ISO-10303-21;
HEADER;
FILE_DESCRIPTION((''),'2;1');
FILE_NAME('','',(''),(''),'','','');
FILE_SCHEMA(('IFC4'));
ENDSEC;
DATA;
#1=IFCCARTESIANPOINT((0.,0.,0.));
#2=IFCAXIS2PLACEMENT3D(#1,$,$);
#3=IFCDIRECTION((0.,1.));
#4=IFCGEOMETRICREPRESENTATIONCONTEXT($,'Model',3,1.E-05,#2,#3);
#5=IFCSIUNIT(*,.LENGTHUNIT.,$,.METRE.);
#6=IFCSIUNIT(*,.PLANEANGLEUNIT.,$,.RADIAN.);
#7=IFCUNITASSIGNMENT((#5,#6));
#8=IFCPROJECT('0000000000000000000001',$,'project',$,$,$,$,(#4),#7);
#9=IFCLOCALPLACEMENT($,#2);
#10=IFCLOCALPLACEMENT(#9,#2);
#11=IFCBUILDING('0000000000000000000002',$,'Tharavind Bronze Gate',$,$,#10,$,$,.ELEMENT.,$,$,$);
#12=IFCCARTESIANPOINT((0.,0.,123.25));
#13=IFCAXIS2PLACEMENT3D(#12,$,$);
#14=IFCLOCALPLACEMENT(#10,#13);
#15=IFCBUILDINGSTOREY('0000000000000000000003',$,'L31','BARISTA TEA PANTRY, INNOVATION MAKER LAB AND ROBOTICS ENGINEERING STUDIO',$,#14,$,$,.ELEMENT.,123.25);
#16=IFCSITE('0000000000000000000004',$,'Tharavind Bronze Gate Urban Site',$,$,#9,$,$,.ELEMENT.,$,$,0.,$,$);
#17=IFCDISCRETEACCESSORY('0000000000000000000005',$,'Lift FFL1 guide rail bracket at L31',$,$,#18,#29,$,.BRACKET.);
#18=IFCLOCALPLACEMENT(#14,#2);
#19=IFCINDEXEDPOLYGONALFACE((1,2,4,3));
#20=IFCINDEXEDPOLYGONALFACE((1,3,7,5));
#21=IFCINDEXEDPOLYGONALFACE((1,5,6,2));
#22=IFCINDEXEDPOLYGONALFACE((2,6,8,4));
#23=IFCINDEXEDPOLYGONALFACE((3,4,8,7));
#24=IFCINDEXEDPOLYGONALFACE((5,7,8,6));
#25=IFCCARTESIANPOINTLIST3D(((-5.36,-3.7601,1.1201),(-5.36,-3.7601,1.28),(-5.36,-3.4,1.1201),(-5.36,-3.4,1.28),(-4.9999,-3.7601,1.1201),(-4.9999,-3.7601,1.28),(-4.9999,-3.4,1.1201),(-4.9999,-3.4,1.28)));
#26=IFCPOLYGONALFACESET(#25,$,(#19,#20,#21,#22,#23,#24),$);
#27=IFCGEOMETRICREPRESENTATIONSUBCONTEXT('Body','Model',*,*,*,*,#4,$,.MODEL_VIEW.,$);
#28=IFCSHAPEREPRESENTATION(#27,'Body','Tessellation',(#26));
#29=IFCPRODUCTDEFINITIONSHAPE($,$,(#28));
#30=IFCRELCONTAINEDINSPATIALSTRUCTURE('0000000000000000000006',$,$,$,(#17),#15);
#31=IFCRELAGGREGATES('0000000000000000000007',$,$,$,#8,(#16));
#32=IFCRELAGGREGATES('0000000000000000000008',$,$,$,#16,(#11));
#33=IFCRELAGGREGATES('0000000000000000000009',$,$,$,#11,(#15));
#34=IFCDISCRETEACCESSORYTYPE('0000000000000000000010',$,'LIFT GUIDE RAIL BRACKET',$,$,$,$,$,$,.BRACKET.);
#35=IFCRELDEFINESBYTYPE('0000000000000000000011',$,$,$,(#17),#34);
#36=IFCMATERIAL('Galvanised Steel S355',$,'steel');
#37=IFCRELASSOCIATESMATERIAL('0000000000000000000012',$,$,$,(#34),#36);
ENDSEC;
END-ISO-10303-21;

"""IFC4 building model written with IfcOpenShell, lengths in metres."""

from ifc_helpers import new_model, si_unit, direction, frame, origin, origin_2d, place, context, subcontext, project, spatial, rectangle, extrude, material, type_object, element, save


model = new_model("IFC4")

# Units and contexts
model_context = context("Model", 3, precision=1e-05, world=origin(), true_north=direction((0.0, 1.0)))
body_context = subcontext(model_context, "Body", "Model", "MODEL_VIEW")
ifc_project = project(units=[si_unit("LENGTHUNIT", "METRE"), si_unit("PLANEANGLEUNIT", "RADIAN")], contexts=[model_context])

# Site, building, storey
site_placement = place(None, origin())
site = spatial("IfcSite", under=ifc_project, at=site_placement, Name="Tharavind Bronze Gate Urban Site", CompositionType="ELEMENT", RefElevation=0.0)
building_placement = place(site_placement, origin())
building = spatial("IfcBuilding", under=site, at=building_placement, Name="Tharavind Bronze Gate", CompositionType="ELEMENT")
storey_placement = place(building_placement, frame((0.0, 0.0, 123.25)))
storey = spatial("IfcBuildingStorey", under=building, at=storey_placement, Name="L31", Description="BARISTA TEA PANTRY, INNOVATION MAKER LAB AND ROBOTICS ENGINEERING STUDIO", CompositionType="ELEMENT", Elevation=123.25)

# Discrete accessory
ifc_material_1 = material(Name="Galvanised Steel S355", Category="steel")
discrete_accessory_type = type_object("IfcDiscreteAccessoryType", Name="LIFT GUIDE RAIL BRACKET", PredefinedType="BRACKET", material=ifc_material_1)
discrete_accessory_placement = place(storey_placement, frame((-5.1799, -3.5801, 1.1201), z_axis=(0.0, 0.0, 1.0), x_axis=(1.0, 0.0, 0.0)))
element("IfcDiscreteAccessory", 1, at=discrete_accessory_placement, inside=storey, type_object=discrete_accessory_type, Name="Lift FFL1 guide rail bracket at L31", PredefinedType="BRACKET", context=body_context, shape_type="SweptSolid", body=[
    extrude(rectangle(XDim=0.3601, YDim=0.3601, at=origin_2d()), origin(), (0.0, 0.0, 1.0), 0.1599),
])

save(model, "model.ifc")
